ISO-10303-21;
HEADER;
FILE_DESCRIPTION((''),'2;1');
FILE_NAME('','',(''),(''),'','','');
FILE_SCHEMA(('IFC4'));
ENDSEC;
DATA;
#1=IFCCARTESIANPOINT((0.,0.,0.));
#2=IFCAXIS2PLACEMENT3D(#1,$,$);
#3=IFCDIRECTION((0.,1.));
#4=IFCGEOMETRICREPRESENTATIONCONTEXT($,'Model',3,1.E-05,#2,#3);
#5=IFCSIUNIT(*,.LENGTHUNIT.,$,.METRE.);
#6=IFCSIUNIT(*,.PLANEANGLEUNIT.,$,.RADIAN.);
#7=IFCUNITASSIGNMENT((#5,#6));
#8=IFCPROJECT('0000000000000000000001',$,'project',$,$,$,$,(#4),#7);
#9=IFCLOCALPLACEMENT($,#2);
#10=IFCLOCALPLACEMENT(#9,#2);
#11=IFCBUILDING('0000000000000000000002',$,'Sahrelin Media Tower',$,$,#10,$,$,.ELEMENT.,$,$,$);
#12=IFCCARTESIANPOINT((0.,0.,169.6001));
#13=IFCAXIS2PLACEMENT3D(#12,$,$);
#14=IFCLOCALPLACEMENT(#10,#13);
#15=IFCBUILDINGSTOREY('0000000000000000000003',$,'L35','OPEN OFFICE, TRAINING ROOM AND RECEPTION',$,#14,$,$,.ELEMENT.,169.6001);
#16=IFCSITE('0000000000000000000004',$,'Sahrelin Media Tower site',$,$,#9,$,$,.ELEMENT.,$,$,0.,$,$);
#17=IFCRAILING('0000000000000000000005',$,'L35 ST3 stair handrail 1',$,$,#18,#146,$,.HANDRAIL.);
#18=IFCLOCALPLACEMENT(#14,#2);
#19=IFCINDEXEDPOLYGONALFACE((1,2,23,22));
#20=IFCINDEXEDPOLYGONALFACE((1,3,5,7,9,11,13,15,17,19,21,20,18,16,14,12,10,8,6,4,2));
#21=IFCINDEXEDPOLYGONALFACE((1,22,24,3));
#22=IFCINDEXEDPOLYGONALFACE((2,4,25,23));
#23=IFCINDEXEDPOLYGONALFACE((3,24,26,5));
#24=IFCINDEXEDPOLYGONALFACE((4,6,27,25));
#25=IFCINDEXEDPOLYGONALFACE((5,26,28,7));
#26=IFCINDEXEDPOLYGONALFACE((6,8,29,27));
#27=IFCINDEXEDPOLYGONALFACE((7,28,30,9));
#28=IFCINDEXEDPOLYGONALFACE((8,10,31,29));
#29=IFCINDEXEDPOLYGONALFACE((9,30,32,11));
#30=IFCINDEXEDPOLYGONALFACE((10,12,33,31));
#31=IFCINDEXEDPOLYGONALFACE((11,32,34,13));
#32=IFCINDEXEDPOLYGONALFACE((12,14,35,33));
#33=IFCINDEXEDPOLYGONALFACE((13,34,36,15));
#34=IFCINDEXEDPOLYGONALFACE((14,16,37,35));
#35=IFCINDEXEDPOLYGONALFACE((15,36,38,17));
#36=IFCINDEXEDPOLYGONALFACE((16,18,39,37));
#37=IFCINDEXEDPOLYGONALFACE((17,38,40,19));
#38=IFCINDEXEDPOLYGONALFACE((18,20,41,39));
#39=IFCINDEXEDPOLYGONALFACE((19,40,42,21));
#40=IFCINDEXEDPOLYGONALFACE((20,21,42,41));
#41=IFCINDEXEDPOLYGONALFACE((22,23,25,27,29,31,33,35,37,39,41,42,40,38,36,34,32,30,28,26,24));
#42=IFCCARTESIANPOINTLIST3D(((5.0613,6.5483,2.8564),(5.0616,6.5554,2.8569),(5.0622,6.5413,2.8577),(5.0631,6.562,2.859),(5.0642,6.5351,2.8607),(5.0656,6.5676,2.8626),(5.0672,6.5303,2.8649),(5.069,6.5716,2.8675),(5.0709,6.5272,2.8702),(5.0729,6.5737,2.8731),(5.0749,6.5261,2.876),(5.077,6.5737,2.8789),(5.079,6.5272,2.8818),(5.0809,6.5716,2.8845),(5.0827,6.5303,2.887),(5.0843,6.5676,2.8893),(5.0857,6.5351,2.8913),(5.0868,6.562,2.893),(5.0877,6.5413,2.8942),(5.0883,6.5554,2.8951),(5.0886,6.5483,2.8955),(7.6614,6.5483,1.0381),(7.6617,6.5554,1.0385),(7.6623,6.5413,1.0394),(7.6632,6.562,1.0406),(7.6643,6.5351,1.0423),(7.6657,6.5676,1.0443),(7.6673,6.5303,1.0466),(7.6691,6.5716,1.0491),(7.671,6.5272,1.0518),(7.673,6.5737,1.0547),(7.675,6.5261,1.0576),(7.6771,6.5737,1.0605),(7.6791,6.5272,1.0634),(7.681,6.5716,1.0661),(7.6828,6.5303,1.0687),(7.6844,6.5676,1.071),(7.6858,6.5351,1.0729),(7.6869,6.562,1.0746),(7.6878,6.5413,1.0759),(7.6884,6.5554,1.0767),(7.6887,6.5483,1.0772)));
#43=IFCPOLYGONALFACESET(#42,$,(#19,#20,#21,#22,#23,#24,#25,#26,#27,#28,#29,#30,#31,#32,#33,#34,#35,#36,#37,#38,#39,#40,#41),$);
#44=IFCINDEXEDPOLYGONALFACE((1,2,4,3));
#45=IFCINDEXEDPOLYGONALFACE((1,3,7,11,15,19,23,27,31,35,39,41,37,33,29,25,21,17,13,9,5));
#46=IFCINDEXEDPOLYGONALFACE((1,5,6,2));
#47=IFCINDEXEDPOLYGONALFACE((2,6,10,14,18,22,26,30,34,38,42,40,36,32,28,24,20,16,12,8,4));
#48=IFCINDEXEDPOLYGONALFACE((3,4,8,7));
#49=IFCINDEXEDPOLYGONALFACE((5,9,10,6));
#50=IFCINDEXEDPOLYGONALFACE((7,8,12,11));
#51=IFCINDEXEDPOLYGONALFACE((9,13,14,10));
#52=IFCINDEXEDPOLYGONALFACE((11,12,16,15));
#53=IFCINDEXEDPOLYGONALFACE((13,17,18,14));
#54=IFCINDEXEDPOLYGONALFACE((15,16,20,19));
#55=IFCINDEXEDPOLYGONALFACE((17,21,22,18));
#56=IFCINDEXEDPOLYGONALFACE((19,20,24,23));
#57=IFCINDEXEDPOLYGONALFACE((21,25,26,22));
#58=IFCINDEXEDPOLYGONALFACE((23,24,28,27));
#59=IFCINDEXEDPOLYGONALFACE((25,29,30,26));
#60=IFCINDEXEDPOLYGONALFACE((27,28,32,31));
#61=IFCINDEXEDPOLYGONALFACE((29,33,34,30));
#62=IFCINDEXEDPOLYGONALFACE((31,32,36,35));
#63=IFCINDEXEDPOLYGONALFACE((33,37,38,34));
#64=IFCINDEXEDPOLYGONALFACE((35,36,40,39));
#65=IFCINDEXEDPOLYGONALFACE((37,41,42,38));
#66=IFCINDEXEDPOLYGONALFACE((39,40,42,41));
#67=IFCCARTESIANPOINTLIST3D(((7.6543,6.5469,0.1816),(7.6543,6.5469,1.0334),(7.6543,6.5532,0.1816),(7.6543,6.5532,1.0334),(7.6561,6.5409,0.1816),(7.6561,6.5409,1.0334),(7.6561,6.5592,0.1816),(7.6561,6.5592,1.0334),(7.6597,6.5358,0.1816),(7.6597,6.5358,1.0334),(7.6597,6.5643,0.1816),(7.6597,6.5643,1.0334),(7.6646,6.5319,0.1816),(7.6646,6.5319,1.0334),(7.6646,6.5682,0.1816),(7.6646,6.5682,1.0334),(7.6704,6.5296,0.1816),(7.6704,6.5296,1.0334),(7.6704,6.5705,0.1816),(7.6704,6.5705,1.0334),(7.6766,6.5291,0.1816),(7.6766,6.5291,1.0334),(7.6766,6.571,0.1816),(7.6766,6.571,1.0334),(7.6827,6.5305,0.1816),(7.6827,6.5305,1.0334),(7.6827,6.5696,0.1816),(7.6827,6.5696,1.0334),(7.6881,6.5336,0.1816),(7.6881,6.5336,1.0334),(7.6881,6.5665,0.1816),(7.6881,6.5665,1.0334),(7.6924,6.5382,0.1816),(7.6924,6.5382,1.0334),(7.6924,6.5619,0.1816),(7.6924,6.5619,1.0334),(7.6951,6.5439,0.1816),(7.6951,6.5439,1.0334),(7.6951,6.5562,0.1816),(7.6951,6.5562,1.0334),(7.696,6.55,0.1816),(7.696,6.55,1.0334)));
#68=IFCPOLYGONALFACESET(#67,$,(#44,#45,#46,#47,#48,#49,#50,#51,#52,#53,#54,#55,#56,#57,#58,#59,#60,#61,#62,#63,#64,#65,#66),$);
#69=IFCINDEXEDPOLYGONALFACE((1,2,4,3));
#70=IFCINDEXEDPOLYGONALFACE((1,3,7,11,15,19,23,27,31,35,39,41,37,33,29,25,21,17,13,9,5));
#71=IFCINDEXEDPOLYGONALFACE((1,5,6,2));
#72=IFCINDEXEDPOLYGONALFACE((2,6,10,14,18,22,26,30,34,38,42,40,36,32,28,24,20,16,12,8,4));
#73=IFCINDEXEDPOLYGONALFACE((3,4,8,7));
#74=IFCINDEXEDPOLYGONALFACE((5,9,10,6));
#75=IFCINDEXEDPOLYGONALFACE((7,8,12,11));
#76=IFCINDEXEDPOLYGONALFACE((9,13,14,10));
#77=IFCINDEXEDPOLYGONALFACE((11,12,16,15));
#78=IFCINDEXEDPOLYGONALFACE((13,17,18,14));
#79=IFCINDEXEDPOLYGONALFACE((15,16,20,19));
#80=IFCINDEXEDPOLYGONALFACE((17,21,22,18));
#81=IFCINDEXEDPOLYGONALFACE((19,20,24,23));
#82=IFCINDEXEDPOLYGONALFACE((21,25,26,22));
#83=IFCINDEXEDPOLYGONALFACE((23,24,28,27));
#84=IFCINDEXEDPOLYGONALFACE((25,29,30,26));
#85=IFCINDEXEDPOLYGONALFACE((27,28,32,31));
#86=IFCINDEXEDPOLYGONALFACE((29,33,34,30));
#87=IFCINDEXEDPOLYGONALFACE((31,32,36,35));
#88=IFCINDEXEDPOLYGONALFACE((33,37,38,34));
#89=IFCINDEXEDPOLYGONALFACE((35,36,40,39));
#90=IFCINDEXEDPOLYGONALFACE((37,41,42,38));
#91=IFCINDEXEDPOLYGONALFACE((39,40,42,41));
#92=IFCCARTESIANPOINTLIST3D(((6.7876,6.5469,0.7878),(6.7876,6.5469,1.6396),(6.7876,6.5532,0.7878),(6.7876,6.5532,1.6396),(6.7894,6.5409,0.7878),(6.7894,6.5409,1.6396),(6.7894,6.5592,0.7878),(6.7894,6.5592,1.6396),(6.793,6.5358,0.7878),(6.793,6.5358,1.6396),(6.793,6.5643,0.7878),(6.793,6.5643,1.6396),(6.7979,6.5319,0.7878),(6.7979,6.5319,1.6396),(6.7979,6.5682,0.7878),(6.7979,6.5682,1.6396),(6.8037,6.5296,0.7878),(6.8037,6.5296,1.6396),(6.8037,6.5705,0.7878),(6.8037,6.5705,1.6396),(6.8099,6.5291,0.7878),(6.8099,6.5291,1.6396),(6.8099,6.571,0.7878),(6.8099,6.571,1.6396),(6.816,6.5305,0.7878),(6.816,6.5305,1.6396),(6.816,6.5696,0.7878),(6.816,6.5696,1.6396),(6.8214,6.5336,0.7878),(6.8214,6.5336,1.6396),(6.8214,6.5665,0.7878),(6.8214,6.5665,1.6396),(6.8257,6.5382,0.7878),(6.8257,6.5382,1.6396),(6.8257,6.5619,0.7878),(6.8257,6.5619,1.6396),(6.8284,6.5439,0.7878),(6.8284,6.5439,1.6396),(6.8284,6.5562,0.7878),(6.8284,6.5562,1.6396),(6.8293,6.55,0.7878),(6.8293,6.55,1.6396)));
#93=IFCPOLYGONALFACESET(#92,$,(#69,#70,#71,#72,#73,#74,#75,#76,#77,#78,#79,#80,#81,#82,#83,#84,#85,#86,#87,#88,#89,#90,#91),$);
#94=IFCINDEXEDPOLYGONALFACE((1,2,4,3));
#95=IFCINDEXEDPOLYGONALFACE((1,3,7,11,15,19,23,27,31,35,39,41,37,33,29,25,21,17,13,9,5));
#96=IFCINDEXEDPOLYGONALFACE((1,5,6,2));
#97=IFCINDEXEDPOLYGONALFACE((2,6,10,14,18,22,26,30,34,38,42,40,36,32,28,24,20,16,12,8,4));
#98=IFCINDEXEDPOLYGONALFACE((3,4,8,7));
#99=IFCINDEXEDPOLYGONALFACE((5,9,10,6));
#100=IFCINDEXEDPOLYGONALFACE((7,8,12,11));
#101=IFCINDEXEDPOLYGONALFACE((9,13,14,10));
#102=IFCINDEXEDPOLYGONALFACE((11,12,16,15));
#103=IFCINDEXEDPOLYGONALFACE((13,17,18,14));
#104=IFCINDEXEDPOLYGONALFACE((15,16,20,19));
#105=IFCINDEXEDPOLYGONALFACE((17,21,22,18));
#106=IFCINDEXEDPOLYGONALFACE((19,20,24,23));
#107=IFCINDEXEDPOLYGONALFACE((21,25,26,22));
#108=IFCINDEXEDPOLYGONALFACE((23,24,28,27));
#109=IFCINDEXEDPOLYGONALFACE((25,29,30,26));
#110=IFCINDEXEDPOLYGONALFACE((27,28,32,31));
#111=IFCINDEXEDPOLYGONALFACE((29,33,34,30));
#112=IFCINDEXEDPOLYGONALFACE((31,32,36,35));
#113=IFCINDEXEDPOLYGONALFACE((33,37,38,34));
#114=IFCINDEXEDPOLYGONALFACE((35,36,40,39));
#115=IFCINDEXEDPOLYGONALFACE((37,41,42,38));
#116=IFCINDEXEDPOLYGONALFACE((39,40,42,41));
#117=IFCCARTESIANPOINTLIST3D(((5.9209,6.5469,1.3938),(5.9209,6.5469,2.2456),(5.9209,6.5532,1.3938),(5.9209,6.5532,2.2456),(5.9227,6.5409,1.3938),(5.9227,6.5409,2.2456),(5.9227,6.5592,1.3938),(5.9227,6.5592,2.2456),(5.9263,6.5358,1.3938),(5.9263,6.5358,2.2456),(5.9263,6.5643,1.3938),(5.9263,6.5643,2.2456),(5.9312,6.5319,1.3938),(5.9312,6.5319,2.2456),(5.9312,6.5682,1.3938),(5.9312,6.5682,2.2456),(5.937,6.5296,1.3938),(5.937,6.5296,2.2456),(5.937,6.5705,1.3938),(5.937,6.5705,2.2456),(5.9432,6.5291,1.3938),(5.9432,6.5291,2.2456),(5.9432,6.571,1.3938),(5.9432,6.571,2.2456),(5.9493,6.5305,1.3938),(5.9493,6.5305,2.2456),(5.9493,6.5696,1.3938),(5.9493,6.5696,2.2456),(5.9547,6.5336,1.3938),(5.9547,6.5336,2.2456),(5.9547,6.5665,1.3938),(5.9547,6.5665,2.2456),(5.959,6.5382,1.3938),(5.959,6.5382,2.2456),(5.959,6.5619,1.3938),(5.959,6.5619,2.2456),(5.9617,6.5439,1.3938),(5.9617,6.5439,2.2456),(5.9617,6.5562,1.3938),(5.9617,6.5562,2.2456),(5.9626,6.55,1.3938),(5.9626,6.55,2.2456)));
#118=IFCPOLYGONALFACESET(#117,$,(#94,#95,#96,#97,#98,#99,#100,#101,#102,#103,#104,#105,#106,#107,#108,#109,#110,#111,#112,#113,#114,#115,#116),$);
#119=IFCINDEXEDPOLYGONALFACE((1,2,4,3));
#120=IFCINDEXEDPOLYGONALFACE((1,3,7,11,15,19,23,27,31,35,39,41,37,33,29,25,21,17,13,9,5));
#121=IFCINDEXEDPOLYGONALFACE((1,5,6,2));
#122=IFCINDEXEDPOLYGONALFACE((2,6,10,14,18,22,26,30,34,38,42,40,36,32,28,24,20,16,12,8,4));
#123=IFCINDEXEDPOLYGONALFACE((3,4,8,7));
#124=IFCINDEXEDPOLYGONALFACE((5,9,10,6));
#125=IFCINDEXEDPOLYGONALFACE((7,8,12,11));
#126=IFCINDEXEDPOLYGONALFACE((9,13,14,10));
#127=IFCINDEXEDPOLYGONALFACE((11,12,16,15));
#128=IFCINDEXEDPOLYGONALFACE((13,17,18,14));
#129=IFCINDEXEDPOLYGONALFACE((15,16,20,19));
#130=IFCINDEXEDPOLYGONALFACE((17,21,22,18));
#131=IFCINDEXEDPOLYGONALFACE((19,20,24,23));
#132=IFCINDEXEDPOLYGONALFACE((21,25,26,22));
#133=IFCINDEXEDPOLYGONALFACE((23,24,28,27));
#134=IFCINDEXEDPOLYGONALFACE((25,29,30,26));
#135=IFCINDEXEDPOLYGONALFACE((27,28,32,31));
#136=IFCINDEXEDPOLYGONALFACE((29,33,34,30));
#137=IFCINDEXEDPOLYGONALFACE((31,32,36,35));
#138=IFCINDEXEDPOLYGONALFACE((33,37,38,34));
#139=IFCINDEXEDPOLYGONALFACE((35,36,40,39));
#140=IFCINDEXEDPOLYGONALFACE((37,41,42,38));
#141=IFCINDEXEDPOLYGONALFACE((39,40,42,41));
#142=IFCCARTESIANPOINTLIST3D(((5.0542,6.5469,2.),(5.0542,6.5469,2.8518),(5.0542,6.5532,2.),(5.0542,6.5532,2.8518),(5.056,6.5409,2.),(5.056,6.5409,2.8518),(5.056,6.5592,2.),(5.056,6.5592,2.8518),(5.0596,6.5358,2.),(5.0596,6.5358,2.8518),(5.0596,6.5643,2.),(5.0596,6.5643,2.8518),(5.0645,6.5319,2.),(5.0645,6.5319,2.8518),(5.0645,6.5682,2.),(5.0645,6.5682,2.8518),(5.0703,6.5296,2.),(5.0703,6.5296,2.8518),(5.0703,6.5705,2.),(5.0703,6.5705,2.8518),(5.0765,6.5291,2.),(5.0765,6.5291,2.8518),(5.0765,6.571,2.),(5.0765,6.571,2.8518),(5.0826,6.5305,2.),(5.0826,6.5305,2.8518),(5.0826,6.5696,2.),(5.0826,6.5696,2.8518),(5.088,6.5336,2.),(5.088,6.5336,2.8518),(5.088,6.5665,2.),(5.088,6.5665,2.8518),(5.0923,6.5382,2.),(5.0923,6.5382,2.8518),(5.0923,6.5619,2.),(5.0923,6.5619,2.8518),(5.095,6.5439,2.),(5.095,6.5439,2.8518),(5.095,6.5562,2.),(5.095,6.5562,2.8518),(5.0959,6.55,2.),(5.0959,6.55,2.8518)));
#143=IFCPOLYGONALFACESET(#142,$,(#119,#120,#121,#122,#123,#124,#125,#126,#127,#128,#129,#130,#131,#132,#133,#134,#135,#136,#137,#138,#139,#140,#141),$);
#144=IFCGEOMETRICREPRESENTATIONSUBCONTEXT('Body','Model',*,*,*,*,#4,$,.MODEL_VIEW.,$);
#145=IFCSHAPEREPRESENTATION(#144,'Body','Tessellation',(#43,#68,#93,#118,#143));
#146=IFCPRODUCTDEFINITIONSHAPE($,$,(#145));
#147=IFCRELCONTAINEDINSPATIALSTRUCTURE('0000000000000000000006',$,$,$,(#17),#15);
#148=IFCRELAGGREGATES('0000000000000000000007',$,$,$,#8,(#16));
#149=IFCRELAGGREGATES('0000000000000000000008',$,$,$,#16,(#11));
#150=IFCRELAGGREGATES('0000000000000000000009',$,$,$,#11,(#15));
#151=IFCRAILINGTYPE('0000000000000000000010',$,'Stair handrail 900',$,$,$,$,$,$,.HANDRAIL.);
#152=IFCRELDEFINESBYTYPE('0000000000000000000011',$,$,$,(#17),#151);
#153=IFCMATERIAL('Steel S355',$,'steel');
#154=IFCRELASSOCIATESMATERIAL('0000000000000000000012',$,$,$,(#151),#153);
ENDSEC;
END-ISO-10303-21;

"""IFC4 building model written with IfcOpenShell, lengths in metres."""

from ifc_helpers import new_model, si_unit, direction, frame, origin, origin_2d, place, context, subcontext, project, spatial, circle, extrude, material, type_object, element, save


model = new_model("IFC4")

# Units and contexts
model_context = context("Model", 3, precision=1e-05, world=origin(), true_north=direction((0.0, 1.0)))
body_context = subcontext(model_context, "Body", "Model", "MODEL_VIEW")
ifc_project = project(units=[si_unit("LENGTHUNIT", "METRE"), si_unit("PLANEANGLEUNIT", "RADIAN")], contexts=[model_context])

# Site, building, storey
site_placement = place(None, origin())
site = spatial("IfcSite", under=ifc_project, at=site_placement, Name="Sahrelin Media Tower site", CompositionType="ELEMENT", RefElevation=0.0)
building_placement = place(site_placement, origin())
building = spatial("IfcBuilding", under=site, at=building_placement, Name="Sahrelin Media Tower", CompositionType="ELEMENT")
storey_placement = place(building_placement, frame((0.0, 0.0, 169.6001)))
storey = spatial("IfcBuildingStorey", under=building, at=storey_placement, Name="L35", Description="OPEN OFFICE, TRAINING ROOM AND RECEPTION", CompositionType="ELEMENT", Elevation=169.6001)

# Shared definitions
ifc_material_1 = material(Name="Steel S355", Category="steel")

# Railing
railing_type_1 = type_object("IfcRailingType", Name="Stair handrail 900", PredefinedType="HANDRAIL", material=ifc_material_1)
railing_1_placement = place(storey_placement, frame((7.675, 6.55, 0.1816)))
element("IfcRailing", 1, at=railing_1_placement, inside=storey, type_object=railing_type_1, Name="L35 ST3 stair handrail 1", PredefinedType="HANDRAIL", context=body_context, shape_type="SweptSolid", body=[
    extrude(circle(Radius=0.0239, at=origin_2d()), frame((0.0, 0.0, 0.876), z_axis=(-0.819485, 0.0, 0.573101), x_axis=(0.0, -1.0, 0.0)), (0.0, 0.0, 1.0), 3.1729),
    extrude(circle(Radius=0.021, at=origin_2d()), origin(), (0.0, 0.0, 1.0), 0.8518),
    extrude(circle(Radius=0.021, at=origin_2d()), frame((-0.8667, 0.0, 0.6062)), (0.0, 0.0, 1.0), 0.8518),
    extrude(circle(Radius=0.021, at=origin_2d()), frame((-1.7334, 0.0, 1.2122)), (0.0, 0.0, 1.0), 0.8518),
    extrude(circle(Radius=0.021, at=origin_2d()), frame((-2.6001, 0.0, 1.8184)), (0.0, 0.0, 1.0), 0.8518),
])

save(model, "model.ifc")
